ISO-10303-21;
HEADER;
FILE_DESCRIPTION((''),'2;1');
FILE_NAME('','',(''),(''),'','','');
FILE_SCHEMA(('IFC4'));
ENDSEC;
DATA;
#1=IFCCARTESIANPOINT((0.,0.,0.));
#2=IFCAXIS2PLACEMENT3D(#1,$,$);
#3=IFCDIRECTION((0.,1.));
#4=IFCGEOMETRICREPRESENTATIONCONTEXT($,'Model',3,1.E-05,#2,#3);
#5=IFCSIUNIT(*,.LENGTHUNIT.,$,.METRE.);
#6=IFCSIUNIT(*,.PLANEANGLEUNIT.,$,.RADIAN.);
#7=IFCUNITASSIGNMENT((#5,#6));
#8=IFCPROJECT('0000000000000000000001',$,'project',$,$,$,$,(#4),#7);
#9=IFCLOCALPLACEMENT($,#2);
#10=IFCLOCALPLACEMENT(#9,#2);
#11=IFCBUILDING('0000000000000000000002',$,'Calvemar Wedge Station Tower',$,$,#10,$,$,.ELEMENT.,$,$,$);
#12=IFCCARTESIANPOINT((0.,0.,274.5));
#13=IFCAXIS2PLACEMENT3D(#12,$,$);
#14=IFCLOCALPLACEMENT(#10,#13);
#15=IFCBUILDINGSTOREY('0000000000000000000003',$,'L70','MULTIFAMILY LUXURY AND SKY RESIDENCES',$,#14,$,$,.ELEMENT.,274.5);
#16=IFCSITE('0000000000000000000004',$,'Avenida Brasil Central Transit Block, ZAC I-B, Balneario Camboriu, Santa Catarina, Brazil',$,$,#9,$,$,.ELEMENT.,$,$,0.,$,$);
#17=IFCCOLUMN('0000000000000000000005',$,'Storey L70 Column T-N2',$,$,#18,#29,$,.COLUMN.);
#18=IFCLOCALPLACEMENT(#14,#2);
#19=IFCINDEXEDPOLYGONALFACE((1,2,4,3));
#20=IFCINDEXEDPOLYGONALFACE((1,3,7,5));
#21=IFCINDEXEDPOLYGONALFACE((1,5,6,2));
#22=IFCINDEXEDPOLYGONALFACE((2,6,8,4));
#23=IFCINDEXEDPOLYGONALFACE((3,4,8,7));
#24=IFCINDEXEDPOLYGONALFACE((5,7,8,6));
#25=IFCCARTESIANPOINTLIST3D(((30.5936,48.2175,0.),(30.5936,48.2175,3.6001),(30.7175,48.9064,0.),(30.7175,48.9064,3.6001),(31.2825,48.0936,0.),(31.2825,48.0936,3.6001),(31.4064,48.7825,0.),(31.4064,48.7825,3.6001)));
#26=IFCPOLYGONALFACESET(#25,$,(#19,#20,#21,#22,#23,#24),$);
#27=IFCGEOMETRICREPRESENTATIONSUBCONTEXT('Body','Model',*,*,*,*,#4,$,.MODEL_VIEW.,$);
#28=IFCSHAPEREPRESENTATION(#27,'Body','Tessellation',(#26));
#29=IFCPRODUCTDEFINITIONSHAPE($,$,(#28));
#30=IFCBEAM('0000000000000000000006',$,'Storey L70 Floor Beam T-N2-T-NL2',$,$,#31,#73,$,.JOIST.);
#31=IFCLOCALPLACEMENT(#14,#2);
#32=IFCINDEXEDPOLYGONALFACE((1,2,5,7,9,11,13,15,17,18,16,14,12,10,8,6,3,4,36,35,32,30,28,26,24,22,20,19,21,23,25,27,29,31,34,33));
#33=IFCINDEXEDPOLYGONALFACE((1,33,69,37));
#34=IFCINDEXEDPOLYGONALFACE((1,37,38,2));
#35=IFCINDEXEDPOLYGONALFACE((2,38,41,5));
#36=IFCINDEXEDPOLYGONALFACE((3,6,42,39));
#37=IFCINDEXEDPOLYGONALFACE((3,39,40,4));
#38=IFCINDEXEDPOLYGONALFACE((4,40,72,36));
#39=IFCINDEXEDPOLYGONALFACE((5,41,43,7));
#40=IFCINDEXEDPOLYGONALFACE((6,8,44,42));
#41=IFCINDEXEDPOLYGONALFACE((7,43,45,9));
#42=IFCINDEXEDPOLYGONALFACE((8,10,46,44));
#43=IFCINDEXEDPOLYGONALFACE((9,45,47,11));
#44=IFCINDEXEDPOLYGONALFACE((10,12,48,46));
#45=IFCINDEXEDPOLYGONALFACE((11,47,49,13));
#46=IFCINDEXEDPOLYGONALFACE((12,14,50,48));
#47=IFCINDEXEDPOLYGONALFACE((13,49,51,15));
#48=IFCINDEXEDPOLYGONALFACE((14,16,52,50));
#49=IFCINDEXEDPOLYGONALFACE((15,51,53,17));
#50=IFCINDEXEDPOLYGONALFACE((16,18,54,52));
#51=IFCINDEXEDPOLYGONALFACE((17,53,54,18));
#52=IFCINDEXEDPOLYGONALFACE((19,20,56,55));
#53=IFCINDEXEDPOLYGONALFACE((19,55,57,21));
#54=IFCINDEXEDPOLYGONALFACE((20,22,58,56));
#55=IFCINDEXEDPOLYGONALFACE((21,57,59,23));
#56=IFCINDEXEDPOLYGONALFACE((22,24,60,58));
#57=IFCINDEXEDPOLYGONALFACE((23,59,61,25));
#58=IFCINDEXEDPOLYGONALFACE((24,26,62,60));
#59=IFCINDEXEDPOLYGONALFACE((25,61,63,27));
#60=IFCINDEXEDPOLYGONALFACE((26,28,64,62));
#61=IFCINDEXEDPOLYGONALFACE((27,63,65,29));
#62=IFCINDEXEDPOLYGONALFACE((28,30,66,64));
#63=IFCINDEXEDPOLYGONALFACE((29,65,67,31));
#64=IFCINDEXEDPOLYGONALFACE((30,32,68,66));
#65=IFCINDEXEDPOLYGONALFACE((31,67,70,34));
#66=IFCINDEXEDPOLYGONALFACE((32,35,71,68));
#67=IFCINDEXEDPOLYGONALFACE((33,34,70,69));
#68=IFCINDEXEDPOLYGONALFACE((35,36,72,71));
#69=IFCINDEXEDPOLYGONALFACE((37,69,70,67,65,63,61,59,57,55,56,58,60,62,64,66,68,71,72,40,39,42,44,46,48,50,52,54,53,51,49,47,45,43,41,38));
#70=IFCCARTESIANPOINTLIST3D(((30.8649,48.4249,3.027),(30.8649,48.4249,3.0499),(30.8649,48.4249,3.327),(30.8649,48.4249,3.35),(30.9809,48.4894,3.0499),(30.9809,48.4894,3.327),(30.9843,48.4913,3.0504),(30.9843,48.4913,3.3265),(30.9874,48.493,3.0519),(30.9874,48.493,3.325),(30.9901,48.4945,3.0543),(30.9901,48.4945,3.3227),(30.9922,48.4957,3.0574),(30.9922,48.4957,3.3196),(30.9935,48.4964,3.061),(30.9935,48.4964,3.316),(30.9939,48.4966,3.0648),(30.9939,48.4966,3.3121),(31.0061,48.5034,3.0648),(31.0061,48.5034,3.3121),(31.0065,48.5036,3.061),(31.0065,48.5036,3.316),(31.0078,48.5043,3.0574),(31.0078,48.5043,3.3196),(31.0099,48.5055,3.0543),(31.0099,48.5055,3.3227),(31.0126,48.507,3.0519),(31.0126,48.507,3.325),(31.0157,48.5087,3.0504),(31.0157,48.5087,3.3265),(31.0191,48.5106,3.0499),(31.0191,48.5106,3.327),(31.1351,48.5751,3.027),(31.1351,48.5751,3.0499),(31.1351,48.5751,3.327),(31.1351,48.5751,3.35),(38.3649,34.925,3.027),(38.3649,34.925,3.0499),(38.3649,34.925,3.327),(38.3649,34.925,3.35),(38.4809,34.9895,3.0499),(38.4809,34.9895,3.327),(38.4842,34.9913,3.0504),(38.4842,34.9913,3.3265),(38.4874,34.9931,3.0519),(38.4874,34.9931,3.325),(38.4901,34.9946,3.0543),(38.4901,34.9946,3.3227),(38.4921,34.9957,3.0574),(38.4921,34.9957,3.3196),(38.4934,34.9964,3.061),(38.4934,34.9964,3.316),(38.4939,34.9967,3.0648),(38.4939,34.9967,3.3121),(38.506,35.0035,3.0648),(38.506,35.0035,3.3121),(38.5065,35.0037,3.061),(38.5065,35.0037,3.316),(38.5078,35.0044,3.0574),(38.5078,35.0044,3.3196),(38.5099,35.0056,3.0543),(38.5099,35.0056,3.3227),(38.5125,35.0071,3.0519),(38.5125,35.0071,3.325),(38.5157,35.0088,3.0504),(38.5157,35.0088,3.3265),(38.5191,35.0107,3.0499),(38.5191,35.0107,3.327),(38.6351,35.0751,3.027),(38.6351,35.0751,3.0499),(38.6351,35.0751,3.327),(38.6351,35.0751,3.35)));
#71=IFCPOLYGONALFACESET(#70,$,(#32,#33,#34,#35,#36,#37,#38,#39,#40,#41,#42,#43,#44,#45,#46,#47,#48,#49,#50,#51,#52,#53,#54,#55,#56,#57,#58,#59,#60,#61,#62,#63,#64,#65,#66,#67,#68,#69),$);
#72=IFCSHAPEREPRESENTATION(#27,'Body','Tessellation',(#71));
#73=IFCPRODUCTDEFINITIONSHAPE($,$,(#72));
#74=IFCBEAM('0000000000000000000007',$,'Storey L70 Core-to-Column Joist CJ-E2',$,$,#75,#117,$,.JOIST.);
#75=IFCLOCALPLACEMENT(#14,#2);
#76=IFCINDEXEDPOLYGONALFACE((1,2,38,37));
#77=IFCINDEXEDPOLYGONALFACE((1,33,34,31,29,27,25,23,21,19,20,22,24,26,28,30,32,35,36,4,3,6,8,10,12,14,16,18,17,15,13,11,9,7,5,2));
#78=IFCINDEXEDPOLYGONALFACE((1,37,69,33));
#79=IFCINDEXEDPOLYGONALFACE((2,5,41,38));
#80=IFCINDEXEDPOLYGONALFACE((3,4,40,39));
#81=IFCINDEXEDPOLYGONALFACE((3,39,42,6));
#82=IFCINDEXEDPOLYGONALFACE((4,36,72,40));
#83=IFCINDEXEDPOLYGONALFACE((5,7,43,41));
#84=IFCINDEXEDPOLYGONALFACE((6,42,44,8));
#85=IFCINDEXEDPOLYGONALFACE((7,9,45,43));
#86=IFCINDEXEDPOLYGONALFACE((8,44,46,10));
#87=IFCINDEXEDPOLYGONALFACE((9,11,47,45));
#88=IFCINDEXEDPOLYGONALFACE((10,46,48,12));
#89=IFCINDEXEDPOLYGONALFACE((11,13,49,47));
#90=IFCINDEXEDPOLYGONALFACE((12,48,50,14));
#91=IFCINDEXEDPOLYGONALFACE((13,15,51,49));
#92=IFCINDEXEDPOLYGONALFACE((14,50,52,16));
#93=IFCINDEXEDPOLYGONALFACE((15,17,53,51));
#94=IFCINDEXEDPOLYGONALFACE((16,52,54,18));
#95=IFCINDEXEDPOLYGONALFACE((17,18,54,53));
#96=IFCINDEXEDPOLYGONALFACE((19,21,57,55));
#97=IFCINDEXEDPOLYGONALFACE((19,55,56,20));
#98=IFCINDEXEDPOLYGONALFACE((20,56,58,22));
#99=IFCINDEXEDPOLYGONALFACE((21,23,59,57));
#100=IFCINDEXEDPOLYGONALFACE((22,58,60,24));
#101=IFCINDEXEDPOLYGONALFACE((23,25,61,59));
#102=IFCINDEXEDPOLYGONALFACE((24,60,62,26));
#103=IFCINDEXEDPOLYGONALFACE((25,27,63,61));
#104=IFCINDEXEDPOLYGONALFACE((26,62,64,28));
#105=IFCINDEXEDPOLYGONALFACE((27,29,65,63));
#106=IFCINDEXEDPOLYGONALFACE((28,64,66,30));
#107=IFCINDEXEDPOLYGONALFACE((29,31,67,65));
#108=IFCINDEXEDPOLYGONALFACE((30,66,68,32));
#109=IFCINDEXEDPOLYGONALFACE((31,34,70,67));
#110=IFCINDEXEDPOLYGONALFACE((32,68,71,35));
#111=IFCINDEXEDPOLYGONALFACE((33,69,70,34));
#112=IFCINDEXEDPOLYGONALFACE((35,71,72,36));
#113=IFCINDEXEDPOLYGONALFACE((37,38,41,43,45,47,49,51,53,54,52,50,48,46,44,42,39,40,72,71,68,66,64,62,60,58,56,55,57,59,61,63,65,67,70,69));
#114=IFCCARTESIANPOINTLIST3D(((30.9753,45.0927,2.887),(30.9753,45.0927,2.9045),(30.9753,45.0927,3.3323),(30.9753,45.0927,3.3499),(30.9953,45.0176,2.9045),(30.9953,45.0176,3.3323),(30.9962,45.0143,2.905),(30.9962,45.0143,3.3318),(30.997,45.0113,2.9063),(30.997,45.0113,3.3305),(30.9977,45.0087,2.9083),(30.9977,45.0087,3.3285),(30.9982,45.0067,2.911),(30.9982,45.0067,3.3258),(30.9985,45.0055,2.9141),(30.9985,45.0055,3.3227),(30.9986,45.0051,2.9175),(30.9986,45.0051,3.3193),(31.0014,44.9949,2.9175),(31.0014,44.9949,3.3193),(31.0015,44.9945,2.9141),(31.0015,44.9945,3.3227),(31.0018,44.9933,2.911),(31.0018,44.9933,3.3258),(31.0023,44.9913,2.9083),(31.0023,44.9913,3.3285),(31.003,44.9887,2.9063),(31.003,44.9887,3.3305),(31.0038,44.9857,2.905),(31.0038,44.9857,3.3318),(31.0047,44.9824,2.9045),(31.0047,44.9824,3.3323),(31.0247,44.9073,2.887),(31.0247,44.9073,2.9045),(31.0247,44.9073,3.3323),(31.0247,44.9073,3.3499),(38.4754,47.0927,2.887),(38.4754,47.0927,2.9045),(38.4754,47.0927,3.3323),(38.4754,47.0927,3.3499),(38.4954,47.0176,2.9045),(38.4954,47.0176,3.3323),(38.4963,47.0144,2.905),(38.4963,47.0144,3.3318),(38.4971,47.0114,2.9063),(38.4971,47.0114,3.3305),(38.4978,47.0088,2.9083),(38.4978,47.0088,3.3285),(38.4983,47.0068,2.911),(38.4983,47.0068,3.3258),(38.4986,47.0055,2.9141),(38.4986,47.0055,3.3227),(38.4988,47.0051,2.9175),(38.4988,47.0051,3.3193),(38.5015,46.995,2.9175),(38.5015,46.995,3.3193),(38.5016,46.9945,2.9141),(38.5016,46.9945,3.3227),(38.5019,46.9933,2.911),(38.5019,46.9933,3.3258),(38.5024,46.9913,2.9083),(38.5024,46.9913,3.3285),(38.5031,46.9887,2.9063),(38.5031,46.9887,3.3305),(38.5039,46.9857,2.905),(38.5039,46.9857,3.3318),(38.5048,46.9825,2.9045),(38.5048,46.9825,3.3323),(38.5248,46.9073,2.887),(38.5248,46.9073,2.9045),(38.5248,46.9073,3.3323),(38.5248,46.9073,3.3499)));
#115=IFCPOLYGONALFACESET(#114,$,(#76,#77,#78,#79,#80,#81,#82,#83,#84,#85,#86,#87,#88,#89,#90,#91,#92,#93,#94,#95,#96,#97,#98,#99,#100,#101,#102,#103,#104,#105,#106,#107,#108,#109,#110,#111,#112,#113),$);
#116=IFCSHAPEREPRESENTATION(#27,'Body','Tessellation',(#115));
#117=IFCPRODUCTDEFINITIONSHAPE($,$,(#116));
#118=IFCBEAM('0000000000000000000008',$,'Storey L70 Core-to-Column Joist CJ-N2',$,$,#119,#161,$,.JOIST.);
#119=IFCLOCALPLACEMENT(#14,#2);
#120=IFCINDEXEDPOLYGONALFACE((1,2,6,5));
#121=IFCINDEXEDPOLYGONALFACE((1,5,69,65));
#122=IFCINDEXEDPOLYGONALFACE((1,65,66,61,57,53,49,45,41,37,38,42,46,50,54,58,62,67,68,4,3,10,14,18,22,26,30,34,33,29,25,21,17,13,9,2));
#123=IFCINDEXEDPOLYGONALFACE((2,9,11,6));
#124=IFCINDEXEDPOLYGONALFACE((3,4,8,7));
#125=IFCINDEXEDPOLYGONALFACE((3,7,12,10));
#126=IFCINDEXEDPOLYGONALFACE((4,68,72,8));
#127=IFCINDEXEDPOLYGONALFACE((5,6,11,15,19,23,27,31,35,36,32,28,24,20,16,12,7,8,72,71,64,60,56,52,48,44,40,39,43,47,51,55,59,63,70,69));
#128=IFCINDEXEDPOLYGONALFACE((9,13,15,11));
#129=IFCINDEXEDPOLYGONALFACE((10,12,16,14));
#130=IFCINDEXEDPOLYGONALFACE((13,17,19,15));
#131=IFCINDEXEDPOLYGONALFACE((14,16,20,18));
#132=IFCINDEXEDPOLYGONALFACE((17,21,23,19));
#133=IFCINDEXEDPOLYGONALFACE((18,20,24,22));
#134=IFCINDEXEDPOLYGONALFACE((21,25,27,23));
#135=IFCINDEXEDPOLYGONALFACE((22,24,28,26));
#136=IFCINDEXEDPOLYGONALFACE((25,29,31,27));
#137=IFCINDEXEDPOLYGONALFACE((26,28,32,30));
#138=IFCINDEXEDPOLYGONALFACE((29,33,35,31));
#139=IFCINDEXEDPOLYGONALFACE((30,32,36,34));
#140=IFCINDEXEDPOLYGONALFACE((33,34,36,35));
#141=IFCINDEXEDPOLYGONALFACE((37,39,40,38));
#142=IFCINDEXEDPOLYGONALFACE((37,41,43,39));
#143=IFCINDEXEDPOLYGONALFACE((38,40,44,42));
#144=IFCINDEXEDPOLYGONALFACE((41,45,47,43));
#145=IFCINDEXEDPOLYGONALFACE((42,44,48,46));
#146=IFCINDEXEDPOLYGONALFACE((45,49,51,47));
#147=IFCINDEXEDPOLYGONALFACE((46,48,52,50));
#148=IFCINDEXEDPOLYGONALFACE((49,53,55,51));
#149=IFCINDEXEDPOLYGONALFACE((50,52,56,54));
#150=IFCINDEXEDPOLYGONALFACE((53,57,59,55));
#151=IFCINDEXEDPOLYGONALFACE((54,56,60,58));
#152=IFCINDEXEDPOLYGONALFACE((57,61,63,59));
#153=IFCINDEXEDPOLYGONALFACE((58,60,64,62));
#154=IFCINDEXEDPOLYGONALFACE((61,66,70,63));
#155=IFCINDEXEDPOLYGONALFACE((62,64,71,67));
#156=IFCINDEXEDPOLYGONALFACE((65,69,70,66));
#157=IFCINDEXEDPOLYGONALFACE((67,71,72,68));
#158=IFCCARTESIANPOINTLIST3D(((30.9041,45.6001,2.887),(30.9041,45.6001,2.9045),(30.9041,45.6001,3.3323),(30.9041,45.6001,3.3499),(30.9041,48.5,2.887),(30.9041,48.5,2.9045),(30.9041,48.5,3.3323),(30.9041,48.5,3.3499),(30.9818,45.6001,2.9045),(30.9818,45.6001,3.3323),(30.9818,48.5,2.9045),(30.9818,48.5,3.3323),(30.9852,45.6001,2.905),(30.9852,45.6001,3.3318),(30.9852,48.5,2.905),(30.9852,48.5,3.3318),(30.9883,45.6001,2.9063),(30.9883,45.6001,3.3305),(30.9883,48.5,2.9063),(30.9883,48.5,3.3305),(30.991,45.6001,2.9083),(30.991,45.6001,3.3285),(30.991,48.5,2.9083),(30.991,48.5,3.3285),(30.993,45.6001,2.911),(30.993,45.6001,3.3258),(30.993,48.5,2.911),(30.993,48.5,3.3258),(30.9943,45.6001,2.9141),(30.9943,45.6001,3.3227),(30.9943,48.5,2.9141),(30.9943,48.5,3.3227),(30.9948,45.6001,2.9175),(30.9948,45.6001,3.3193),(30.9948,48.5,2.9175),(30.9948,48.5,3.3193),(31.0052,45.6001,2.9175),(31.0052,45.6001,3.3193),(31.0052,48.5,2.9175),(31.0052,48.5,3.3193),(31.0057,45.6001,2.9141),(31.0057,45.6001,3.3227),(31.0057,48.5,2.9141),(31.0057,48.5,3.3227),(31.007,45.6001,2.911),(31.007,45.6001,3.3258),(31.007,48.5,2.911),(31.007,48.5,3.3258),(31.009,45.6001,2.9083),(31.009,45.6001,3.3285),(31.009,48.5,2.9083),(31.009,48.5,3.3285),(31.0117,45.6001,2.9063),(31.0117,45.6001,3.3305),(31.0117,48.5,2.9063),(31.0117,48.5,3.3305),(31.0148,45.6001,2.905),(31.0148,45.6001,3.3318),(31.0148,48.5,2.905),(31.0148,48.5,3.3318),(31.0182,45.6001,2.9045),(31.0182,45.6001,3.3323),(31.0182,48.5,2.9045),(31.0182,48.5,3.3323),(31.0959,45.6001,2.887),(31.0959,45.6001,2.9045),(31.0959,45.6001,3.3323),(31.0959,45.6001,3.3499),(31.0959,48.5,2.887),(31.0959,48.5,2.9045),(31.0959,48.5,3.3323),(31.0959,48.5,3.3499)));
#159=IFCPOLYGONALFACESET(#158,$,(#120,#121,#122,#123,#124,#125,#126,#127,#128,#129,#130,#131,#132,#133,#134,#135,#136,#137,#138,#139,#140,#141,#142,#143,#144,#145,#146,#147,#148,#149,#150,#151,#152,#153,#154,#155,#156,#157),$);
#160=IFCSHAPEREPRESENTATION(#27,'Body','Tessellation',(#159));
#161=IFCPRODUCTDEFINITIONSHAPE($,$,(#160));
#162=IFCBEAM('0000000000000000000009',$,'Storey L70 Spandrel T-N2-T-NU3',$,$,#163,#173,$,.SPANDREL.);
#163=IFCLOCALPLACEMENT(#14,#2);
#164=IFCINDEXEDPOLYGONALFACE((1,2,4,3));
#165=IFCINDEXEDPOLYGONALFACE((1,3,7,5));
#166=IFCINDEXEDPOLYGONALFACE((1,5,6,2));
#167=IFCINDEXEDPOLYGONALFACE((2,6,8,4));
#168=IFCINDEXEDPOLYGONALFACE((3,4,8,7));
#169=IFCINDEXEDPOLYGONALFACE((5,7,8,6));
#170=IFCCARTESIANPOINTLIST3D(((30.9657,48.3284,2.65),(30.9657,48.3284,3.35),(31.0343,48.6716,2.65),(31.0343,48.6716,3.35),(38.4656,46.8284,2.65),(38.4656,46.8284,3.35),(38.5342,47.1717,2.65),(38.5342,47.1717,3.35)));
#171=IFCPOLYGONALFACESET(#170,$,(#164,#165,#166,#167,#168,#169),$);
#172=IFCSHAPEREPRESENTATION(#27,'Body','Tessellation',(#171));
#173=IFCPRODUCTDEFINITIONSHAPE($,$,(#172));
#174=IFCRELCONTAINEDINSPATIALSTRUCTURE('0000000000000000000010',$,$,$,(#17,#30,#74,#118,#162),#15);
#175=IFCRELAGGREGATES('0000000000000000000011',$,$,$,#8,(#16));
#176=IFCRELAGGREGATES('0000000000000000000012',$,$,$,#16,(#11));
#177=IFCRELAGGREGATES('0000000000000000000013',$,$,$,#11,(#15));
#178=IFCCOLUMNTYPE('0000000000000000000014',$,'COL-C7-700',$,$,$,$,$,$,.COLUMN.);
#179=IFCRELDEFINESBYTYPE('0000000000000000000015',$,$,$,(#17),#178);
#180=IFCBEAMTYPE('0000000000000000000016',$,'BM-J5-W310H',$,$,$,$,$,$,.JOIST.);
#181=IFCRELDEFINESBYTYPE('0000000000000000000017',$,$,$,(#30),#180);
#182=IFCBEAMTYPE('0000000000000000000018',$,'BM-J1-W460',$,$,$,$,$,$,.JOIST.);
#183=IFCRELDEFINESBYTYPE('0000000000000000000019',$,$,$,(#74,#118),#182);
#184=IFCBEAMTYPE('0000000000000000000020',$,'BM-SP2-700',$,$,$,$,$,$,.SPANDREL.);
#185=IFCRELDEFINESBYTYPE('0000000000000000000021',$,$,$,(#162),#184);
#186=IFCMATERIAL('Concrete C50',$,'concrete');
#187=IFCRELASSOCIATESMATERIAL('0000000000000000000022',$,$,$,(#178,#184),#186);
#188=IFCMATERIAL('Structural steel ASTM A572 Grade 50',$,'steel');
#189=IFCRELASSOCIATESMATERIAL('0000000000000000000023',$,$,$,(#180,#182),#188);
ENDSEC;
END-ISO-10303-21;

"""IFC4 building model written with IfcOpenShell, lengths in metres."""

from ifc_helpers import new_model, si_unit, direction, frame, origin, origin_2d, place, context, subcontext, project, spatial, rectangle, i_section, extrude, source, transform, mapped, material, material_profile, profile_set, type_object, element, save


model = new_model("IFC4")

# Units and contexts
model_context = context("Model", 3, precision=1e-05, world=origin(), true_north=direction((0.0, 1.0)))
body_context = subcontext(model_context, "Body", "Model", "MODEL_VIEW")
ifc_project = project(units=[si_unit("LENGTHUNIT", "METRE"), si_unit("PLANEANGLEUNIT", "RADIAN")], contexts=[model_context])

# Site, building, storey
site_placement = place(None, origin())
site = spatial("IfcSite", under=ifc_project, at=site_placement, Name="Avenida Brasil Central Transit Block, ZAC I-B, Balneario Camboriu, Santa Catarina, Brazil", CompositionType="ELEMENT", RefElevation=0.0)
building_placement = place(site_placement, origin())
building = spatial("IfcBuilding", under=site, at=building_placement, Name="Calvemar Wedge Station Tower", CompositionType="ELEMENT")
storey_placement = place(building_placement, frame((0.0, 0.0, 274.5)))
storey = spatial("IfcBuildingStorey", under=building, at=storey_placement, Name="L70", Description="MULTIFAMILY LUXURY AND SKY RESIDENCES", CompositionType="ELEMENT", Elevation=274.5)

# Column
ifc_material_1 = material(Name="Concrete C50", Category="concrete")
ifc_material_profile_1 = material_profile(ifc_material_1, rectangle(XDim=0.7, YDim=0.7, at=origin_2d()), Name="RC700x700")
ifc_profile_set_1 = profile_set([ifc_material_profile_1], Name="Concrete C50")
column_type = type_object("IfcColumnType", Name="COL-C7-700", PredefinedType="COLUMN", material=ifc_profile_set_1)
shared_shape_1 = source(origin(), body_context, "Body", "SweptSolid", [
    extrude(rectangle(XDim=0.7, YDim=0.7, at=origin_2d()), origin(), (0.0, 0.0, 1.0), 3.6001),
])
column_placement = place(storey_placement, frame((31.0, 48.5, 0.0), z_axis=(0.0, 0.0, 1.0), x_axis=(0.984196, -0.177085, 0.0)))
element("IfcColumn", 1, at=column_placement, inside=storey, type_object=column_type, Name="Storey L70 Column T-N2", PredefinedType="COLUMN", context=body_context, shape_type="MappedRepresentation", body=[
    mapped(shared_shape_1, transform((0.0, 0.0, 0.0), scale=1.0)),
])

# Beams
ifc_material_2 = material(Name="Structural steel ASTM A572 Grade 50", Category="steel")
ifc_material_profile_2 = material_profile(ifc_material_2, i_section(OverallWidth=0.3091, OverallDepth=0.323, WebThickness=0.0139, FlangeThickness=0.0229, FilletRadius=0.0149, at=origin_2d()), Name="W310x143")
ifc_profile_set_2 = profile_set([ifc_material_profile_2], Name="Structural steel ASTM A572 Grade 50")
beam_type_1 = type_object("IfcBeamType", Name="BM-J5-W310H", PredefinedType="JOIST", material=ifc_profile_set_2)
shared_shape_2 = source(origin(), body_context, "Body", "SweptSolid", [
    extrude(i_section(OverallWidth=0.3091, OverallDepth=0.323, WebThickness=0.0139, FlangeThickness=0.0229, FilletRadius=0.0149, at=origin_2d()), origin(), (0.0, 0.0, 1.0), 15.4434),
])
beam_1_placement = place(storey_placement, frame((31.0, 48.5, 3.1885), z_axis=(0.485643, -0.874157, 0.0), x_axis=(0.874157, 0.485643, 0.0)))
element("IfcBeam", 2, at=beam_1_placement, inside=storey, type_object=beam_type_1, Name="Storey L70 Floor Beam T-N2-T-NL2", PredefinedType="JOIST", context=body_context, shape_type="MappedRepresentation", body=[
    mapped(shared_shape_2, transform((0.0, 0.0, 0.0), scale=1.0)),
])
ifc_material_profile_3 = material_profile(ifc_material_2, i_section(OverallWidth=0.1919, OverallDepth=0.4629, WebThickness=0.0105, FlangeThickness=0.0176, FilletRadius=0.0129, at=origin_2d()), Name="W460x89")
ifc_profile_set_3 = profile_set([ifc_material_profile_3], Name="Structural steel ASTM A572 Grade 50")
beam_type_2 = type_object("IfcBeamType", Name="BM-J1-W460", PredefinedType="JOIST", material=ifc_profile_set_3)
shared_shape_3 = source(origin(), body_context, "Body", "SweptSolid", [
    extrude(i_section(OverallWidth=0.1919, OverallDepth=0.4629, WebThickness=0.0105, FlangeThickness=0.0176, FilletRadius=0.0129, at=origin_2d()), origin(), (0.0, 0.0, 1.0), 7.7622),
])
beam_2_placement = place(storey_placement, frame((31.0, 45.0, 3.1184), z_axis=(0.966235, 0.257663, 0.0), x_axis=(-0.257663, 0.966235, 0.0)))
element("IfcBeam", 3, at=beam_2_placement, inside=storey, type_object=beam_type_2, Name="Storey L70 Core-to-Column Joist CJ-E2", PredefinedType="JOIST", context=body_context, shape_type="MappedRepresentation", body=[
    mapped(shared_shape_3, transform((0.0, 0.0, 0.0), scale=1.0)),
])
shared_shape_4 = source(origin(), body_context, "Body", "SweptSolid", [
    extrude(i_section(OverallWidth=0.1919, OverallDepth=0.4629, WebThickness=0.0105, FlangeThickness=0.0176, FilletRadius=0.0129, at=origin_2d()), origin(), (0.0, 0.0, 1.0), 2.8999),
])
beam_3_placement = place(storey_placement, frame((31.0, 45.6001, 3.1184), z_axis=(0.0, 1.0, 0.0), x_axis=(-1.0, 0.0, 0.0)))
element("IfcBeam", 4, at=beam_3_placement, inside=storey, type_object=beam_type_2, Name="Storey L70 Core-to-Column Joist CJ-N2", PredefinedType="JOIST", context=body_context, shape_type="MappedRepresentation", body=[
    mapped(shared_shape_4, transform((0.0, 0.0, 0.0), scale=1.0)),
])
ifc_material_profile_4 = material_profile(ifc_material_1, rectangle(XDim=0.3501, YDim=0.7, at=origin_2d()), Name="RC350x700")
ifc_profile_set_4 = profile_set([ifc_material_profile_4], Name="Concrete C50")
beam_type_3 = type_object("IfcBeamType", Name="BM-SP2-700", PredefinedType="SPANDREL", material=ifc_profile_set_4)
shared_shape_5 = source(origin(), body_context, "Body", "SweptSolid", [
    extrude(rectangle(XDim=0.3501, YDim=0.7, at=origin_2d()), origin(), (0.0, 0.0, 1.0), 7.6484),
])
beam_4_placement = place(storey_placement, frame((31.0, 48.5, 3.0), z_axis=(0.980581, -0.196116, 0.0), x_axis=(0.196116, 0.980581, 0.0)))
element("IfcBeam", 5, at=beam_4_placement, inside=storey, type_object=beam_type_3, Name="Storey L70 Spandrel T-N2-T-NU3", PredefinedType="SPANDREL", context=body_context, shape_type="MappedRepresentation", body=[
    mapped(shared_shape_5, transform((0.0, 0.0, 0.0), scale=1.0)),
])

save(model, "model.ifc")
